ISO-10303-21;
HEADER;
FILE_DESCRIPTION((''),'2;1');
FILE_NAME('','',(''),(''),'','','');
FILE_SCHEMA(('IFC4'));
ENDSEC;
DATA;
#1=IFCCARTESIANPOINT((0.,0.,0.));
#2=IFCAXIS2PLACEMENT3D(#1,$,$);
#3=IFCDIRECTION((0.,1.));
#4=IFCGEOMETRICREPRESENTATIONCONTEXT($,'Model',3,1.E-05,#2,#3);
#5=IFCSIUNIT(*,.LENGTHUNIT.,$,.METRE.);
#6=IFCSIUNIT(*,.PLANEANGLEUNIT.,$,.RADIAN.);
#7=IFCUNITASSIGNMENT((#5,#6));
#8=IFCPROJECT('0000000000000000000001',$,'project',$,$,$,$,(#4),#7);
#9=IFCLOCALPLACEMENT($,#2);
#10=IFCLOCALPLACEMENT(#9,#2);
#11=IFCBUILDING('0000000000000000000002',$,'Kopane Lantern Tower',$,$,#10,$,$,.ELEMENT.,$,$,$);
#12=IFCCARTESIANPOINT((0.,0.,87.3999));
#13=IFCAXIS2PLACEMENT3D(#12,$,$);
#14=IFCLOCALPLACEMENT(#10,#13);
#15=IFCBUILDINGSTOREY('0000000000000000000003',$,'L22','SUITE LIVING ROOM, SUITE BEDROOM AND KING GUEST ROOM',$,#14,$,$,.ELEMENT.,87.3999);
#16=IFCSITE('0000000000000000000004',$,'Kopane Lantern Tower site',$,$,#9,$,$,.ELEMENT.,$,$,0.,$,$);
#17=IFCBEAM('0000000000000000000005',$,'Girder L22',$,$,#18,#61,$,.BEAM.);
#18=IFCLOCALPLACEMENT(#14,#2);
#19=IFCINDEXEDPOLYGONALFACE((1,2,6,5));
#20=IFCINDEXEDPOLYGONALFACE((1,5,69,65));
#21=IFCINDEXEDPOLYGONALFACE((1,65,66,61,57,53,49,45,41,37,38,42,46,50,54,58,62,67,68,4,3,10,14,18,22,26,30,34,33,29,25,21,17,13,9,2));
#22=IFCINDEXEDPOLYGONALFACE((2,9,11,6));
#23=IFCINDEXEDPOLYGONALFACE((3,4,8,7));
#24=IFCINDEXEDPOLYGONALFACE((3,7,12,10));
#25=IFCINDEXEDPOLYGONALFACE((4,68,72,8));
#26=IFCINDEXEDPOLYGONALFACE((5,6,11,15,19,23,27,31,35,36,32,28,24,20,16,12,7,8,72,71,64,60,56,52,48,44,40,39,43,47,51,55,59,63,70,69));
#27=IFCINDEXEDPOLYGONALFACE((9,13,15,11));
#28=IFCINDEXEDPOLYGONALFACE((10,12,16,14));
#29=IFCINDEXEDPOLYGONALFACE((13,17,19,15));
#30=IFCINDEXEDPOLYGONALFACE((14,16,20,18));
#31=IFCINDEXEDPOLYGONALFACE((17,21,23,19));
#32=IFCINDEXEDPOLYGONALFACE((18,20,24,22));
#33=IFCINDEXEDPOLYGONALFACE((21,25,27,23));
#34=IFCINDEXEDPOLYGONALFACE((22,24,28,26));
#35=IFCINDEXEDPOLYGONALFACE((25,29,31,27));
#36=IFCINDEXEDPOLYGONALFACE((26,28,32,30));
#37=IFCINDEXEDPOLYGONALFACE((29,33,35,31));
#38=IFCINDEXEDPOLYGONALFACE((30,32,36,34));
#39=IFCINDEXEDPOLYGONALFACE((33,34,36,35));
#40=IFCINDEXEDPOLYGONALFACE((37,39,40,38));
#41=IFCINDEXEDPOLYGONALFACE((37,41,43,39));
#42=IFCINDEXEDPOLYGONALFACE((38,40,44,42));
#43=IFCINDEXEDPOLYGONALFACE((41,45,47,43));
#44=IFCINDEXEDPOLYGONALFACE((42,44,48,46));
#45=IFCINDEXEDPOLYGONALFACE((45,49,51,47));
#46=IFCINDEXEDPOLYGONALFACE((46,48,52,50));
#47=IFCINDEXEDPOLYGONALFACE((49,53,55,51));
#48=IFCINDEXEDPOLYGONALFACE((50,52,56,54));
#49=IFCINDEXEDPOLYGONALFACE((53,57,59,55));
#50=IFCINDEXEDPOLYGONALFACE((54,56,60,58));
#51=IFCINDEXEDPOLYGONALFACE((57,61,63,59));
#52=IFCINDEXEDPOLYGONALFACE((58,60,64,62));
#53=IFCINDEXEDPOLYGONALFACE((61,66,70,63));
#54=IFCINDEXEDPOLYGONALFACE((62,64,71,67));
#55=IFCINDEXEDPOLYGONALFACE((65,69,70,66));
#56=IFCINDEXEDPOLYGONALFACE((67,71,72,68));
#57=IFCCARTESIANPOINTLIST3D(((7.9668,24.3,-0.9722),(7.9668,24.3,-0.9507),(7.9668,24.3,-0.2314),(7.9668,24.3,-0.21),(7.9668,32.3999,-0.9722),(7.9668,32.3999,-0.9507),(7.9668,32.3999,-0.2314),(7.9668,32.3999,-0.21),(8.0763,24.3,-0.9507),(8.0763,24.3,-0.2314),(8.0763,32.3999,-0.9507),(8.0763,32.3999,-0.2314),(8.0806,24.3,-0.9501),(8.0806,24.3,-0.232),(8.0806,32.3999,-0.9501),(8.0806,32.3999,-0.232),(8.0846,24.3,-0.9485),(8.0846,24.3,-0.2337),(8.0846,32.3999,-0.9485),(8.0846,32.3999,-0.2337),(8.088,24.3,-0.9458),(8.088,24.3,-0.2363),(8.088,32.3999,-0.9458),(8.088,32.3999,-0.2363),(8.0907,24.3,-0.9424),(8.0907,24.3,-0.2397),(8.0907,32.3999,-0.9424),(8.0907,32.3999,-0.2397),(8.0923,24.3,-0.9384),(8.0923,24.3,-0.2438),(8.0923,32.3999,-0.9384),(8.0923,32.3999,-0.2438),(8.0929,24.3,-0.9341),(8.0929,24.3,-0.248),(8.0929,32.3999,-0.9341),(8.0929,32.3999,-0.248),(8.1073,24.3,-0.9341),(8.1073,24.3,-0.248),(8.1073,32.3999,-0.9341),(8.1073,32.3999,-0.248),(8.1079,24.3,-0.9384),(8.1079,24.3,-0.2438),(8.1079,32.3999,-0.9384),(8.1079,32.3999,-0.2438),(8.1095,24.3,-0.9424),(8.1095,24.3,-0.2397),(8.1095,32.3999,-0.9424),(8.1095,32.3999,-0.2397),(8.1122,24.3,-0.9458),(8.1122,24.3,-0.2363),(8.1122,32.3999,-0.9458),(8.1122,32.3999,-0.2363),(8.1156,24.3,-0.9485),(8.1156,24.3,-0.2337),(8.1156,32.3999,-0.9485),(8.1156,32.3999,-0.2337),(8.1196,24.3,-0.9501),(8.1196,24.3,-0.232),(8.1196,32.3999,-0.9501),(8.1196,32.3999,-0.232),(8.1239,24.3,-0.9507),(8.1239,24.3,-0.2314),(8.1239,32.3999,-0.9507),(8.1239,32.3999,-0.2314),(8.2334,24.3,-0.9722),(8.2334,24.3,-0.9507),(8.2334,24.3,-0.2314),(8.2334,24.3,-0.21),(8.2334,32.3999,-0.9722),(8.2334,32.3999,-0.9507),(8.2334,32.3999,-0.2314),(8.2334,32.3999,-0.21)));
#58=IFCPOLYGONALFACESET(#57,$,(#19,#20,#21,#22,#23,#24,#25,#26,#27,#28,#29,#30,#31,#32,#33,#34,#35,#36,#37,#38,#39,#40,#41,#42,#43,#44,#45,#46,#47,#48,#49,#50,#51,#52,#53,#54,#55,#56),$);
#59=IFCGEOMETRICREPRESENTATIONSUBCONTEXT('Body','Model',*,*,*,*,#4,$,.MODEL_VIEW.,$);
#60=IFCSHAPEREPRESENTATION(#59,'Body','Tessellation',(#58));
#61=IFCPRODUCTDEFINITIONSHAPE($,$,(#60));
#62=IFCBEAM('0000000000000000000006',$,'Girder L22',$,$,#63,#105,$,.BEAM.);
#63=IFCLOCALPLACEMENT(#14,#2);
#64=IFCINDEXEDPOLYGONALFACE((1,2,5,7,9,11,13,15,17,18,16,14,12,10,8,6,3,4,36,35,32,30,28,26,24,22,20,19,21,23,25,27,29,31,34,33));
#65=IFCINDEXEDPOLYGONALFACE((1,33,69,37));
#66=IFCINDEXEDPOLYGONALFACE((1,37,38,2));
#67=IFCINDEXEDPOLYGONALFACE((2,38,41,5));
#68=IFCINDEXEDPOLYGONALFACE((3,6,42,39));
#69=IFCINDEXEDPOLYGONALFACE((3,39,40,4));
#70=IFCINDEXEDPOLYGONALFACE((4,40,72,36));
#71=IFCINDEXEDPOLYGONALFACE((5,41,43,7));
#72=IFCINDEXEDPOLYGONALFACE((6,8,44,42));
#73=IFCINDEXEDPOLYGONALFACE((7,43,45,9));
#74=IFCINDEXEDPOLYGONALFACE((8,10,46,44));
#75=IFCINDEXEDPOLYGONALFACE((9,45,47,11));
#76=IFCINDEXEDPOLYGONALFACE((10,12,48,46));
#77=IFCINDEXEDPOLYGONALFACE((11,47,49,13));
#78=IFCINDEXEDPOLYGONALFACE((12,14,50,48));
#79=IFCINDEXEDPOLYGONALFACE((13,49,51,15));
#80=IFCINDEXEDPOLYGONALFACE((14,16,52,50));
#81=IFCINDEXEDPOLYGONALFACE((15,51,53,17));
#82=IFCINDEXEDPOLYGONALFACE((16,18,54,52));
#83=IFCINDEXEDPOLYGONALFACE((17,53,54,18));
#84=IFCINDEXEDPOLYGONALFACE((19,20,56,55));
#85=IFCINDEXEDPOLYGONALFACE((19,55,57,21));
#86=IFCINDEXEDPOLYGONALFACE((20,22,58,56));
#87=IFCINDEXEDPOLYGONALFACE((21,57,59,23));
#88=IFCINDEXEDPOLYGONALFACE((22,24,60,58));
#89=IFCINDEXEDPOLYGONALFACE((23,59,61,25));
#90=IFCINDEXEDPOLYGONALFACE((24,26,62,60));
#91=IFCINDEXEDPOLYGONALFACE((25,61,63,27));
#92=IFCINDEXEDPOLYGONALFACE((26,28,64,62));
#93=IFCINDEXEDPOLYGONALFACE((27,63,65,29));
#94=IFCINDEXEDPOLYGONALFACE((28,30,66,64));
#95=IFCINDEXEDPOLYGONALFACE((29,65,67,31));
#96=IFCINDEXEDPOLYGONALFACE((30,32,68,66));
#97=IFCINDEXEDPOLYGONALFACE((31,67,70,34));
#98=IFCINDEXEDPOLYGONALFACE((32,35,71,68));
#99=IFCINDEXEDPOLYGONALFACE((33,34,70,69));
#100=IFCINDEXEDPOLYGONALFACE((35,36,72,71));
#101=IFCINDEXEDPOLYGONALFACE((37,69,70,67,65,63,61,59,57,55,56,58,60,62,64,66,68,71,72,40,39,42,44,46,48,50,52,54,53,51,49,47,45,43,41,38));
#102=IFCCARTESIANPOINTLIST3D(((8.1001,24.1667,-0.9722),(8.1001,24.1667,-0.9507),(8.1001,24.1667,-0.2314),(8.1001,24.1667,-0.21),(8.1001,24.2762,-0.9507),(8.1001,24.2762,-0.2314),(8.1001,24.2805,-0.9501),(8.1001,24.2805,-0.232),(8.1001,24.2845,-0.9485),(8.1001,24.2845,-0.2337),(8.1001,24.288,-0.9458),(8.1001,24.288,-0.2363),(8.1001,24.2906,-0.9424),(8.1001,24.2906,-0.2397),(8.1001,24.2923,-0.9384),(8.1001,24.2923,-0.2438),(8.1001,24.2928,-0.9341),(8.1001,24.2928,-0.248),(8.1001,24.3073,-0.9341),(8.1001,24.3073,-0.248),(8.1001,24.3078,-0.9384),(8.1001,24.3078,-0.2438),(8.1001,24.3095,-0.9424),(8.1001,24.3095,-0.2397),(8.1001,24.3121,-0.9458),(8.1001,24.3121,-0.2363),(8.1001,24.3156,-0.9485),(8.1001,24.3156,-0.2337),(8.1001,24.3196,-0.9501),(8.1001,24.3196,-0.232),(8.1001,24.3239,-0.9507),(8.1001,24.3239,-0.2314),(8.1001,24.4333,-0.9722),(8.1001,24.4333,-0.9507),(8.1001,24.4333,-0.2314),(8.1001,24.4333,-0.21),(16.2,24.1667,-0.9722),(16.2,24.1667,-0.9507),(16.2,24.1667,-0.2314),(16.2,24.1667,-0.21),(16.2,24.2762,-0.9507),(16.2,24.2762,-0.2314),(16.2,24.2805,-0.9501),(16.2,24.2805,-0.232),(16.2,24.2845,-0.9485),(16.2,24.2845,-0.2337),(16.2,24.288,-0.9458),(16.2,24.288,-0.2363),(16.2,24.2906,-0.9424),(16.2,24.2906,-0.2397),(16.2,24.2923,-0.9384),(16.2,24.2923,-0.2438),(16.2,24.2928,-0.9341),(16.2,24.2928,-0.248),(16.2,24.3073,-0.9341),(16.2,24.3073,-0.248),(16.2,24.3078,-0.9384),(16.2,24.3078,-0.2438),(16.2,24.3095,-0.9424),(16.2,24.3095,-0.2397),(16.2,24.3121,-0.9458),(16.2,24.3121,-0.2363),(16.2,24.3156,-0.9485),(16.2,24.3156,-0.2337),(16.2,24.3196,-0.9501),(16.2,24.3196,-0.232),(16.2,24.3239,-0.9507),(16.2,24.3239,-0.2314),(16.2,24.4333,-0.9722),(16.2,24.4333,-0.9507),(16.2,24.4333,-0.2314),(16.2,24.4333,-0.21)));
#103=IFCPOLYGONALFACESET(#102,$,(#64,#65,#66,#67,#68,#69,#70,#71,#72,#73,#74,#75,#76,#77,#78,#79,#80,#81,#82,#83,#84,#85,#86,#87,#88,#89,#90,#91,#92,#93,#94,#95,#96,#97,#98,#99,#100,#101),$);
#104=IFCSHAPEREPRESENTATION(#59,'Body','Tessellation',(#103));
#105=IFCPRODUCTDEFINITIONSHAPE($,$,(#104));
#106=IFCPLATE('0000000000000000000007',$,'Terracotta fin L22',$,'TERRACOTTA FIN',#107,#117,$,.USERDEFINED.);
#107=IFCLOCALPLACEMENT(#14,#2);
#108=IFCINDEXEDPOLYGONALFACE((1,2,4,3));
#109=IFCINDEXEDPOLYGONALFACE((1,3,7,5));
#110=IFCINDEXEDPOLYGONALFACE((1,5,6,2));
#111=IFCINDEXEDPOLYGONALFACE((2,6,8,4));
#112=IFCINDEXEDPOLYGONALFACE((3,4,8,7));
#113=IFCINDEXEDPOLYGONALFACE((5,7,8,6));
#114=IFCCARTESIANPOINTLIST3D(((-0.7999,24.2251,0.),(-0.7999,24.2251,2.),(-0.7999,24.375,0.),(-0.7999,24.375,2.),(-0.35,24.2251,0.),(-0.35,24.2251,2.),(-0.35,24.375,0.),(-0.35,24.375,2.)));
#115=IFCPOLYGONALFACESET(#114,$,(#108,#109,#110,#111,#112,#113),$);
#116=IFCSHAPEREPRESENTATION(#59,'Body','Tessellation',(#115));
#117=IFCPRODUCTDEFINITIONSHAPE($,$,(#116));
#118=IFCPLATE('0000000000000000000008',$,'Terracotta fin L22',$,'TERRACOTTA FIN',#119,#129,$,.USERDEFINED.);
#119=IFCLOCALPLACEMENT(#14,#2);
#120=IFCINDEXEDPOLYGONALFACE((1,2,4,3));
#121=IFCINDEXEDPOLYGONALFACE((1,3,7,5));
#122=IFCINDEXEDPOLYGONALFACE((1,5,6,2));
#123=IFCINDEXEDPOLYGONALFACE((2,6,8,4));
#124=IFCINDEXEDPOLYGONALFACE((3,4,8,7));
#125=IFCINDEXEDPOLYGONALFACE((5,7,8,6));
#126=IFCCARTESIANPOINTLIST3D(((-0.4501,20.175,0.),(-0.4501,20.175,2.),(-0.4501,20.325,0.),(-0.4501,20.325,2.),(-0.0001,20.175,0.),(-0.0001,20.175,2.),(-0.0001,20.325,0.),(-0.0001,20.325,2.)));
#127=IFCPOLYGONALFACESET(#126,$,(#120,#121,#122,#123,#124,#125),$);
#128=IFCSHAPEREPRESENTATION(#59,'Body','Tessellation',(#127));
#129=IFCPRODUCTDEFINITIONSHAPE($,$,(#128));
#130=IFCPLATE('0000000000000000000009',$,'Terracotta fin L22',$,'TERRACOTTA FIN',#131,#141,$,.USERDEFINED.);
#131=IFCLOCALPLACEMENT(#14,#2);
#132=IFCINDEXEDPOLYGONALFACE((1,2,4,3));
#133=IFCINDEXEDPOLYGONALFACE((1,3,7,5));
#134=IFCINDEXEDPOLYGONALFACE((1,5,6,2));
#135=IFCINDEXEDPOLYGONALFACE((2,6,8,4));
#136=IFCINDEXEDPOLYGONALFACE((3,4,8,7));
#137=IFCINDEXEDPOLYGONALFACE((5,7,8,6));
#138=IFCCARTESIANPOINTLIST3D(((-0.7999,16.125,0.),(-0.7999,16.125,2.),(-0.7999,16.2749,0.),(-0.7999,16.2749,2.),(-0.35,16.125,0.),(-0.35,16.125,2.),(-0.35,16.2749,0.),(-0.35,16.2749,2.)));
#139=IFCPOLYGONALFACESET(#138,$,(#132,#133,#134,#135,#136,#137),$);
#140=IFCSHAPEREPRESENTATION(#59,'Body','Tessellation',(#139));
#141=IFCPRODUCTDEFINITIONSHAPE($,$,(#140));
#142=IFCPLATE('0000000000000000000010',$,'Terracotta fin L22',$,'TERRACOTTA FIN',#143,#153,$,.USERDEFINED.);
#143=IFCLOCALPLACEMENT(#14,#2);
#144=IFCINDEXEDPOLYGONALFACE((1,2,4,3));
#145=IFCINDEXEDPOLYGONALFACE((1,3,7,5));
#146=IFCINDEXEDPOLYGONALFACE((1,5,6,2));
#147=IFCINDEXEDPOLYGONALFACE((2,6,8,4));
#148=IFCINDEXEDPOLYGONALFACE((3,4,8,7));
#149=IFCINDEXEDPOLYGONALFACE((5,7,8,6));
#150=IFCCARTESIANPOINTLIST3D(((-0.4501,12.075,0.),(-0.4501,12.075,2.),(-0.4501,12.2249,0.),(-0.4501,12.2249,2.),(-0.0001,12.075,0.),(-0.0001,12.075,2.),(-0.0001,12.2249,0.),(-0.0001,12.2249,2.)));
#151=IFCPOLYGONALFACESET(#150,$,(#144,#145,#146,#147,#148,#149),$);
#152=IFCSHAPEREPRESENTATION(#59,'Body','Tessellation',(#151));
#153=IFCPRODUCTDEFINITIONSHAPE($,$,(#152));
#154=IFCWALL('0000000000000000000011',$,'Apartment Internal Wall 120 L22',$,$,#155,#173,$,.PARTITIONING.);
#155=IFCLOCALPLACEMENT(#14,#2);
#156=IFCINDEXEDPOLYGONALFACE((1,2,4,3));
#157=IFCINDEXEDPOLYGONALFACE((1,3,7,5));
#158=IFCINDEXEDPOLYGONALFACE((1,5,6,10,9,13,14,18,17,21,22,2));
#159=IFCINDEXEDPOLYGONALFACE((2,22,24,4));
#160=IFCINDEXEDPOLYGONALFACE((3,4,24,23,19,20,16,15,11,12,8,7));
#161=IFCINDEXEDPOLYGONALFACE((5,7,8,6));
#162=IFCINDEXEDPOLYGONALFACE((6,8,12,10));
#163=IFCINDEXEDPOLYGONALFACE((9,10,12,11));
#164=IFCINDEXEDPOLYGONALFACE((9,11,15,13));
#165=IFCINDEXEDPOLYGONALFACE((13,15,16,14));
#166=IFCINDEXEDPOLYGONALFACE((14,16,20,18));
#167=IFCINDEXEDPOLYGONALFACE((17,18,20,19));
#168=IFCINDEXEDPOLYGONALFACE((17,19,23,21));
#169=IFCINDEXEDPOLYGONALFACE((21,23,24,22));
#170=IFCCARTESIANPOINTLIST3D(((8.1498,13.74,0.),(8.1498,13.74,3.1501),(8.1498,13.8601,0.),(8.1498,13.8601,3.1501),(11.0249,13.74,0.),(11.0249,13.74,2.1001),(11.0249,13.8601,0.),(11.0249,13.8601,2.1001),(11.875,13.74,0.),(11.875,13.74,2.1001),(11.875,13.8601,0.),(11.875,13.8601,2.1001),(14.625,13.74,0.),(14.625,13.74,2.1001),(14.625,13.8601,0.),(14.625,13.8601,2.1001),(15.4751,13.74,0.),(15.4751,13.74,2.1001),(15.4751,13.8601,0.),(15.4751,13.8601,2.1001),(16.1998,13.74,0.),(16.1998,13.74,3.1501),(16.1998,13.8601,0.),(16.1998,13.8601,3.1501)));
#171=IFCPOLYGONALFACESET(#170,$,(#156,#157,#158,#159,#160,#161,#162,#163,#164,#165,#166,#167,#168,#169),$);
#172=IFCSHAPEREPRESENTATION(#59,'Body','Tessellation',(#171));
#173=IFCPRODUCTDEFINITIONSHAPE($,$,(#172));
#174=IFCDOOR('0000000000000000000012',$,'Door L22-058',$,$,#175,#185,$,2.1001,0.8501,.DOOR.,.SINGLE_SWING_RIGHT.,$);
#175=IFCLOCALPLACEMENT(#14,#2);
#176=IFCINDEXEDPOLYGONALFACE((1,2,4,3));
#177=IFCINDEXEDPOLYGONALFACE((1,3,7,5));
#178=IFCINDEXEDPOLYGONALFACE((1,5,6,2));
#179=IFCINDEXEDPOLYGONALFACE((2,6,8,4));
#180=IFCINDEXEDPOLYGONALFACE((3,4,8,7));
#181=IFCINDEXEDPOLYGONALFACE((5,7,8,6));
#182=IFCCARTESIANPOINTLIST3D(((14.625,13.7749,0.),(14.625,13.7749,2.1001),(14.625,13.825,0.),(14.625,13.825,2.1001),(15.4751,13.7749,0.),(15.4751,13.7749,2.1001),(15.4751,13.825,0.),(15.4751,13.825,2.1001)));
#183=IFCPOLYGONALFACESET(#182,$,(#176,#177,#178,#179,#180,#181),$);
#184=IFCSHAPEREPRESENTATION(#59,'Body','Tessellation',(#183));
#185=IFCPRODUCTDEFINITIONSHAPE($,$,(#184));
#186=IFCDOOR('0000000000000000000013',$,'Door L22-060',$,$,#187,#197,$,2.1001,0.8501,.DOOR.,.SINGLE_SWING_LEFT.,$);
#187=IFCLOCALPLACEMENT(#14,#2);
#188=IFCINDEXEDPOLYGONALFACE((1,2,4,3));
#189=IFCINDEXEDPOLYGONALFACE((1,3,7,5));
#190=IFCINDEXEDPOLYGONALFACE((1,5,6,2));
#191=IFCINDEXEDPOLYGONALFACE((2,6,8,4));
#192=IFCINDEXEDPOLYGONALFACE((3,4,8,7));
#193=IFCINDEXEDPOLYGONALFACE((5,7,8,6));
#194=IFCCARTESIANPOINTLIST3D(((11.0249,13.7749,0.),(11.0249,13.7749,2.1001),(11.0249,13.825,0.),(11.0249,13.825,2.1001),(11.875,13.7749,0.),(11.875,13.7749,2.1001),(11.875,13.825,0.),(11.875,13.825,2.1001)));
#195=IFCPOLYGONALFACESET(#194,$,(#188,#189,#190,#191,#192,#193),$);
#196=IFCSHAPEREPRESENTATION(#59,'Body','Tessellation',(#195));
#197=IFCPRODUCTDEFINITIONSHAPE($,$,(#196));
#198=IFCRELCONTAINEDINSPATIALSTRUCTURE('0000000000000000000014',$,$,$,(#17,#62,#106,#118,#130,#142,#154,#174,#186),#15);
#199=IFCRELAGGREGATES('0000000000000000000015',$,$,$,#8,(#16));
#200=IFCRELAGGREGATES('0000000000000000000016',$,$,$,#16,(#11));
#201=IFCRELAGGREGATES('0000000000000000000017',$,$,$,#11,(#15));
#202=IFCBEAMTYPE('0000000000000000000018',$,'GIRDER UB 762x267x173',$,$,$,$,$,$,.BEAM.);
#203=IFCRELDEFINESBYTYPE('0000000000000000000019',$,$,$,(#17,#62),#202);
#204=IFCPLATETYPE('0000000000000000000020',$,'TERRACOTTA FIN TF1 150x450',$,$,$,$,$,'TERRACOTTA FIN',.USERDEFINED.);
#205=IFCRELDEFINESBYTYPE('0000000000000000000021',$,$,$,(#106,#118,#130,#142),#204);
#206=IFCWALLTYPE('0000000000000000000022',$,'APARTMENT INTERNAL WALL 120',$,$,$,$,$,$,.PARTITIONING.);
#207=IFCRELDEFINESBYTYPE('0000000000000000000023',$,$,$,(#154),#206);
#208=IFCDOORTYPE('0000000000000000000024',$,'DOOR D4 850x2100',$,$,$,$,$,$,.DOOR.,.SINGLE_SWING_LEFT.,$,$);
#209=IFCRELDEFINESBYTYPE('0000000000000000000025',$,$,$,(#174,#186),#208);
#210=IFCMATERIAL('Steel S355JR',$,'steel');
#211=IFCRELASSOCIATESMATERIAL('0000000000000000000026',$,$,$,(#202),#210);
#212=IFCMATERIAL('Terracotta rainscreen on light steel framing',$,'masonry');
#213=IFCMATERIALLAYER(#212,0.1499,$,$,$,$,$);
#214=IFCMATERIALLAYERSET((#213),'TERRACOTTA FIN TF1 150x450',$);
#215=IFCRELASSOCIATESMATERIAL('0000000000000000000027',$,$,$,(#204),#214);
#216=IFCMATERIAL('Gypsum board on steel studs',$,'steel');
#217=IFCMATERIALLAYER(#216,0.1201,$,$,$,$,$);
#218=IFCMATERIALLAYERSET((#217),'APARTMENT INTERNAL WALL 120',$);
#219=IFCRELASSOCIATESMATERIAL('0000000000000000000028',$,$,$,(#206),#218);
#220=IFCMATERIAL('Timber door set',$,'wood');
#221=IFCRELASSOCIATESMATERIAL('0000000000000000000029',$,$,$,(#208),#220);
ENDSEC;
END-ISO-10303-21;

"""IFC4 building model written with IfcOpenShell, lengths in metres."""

from ifc_helpers import new_model, si_unit, direction, frame, frame_2d, origin, origin_2d, place, context, subcontext, project, spatial, rectangle, i_section, extrude, material, layer, layer_set, material_profile, profile_set, type_object, element, fill, save


model = new_model("IFC4")

# Units and contexts
model_context = context("Model", 3, precision=1e-05, world=origin(), true_north=direction((0.0, 1.0)))
body_context = subcontext(model_context, "Body", "Model", "MODEL_VIEW")
ifc_project = project(units=[si_unit("LENGTHUNIT", "METRE"), si_unit("PLANEANGLEUNIT", "RADIAN")], contexts=[model_context])

# Site, building, storey
site_placement = place(None, origin())
site = spatial("IfcSite", under=ifc_project, at=site_placement, Name="Kopane Lantern Tower site", CompositionType="ELEMENT", RefElevation=0.0)
building_placement = place(site_placement, origin())
building = spatial("IfcBuilding", under=site, at=building_placement, Name="Kopane Lantern Tower", CompositionType="ELEMENT")
storey_placement = place(building_placement, frame((0.0, 0.0, 87.3999)))
storey = spatial("IfcBuildingStorey", under=building, at=storey_placement, Name="L22", Description="SUITE LIVING ROOM, SUITE BEDROOM AND KING GUEST ROOM", CompositionType="ELEMENT", Elevation=87.3999)

# Beams
ifc_material_1 = material(Name="Steel S355JR", Category="steel")
ifc_material_profile_1 = material_profile(ifc_material_1, i_section(OverallWidth=0.2666, OverallDepth=0.7622, WebThickness=0.0144, FlangeThickness=0.0215, FilletRadius=0.0166, at=origin_2d()), Name="UB 762x267x173")
ifc_profile_set_1 = profile_set([ifc_material_profile_1], Name="Steel S355JR")
beam_type = type_object("IfcBeamType", Name="GIRDER UB 762x267x173", PredefinedType="BEAM", material=ifc_profile_set_1)
for number, where, z_axis, x_axis, name in (
    (1, (8.1001, 24.3, -0.5911), (0.0, 1.0, 0.0), (-1.0, 0.0, 0.0), "Girder L22"),
    (2, (8.1001, 24.3, -0.5911), (1.0, 0.0, 0.0), (0.0, 1.0, 0.0), "Girder L22"),
):
    element("IfcBeam", number, at=place(storey_placement, frame(where, z_axis=z_axis, x_axis=x_axis)), inside=storey, type_object=beam_type, Name=name, PredefinedType="BEAM", context=body_context, shape_type="SweptSolid", body=[
        extrude(i_section(OverallWidth=0.2666, OverallDepth=0.7622, WebThickness=0.0144, FlangeThickness=0.0215, FilletRadius=0.0166, at=origin_2d()), origin(), (0.0, 0.0, 1.0), 8.0999),
    ])

# Plates
ifc_material_2 = material(Name="Terracotta rainscreen on light steel framing", Category="masonry")
ifc_layer_1 = layer(ifc_material_2, 0.1499)
ifc_layer_set_1 = layer_set([ifc_layer_1], Name="TERRACOTTA FIN TF1 150x450")
plate_type = type_object("IfcPlateType", Name="TERRACOTTA FIN TF1 150x450", ElementType="TERRACOTTA FIN", PredefinedType="USERDEFINED", material=ifc_layer_set_1)
for number, where, z_axis, x_axis, name in (
    (3, (-0.575, 24.3, 0.0), (0.0, 0.0, 1.0), (0.0, -1.0, 0.0), "Terracotta fin L22"),
    (4, (-0.2251, 20.25, 0.0), (0.0, 0.0, 1.0), (0.0, -1.0, 0.0), "Terracotta fin L22"),
    (5, (-0.575, 16.2, 0.0), (0.0, 0.0, 1.0), (0.0, -1.0, 0.0), "Terracotta fin L22"),
    (6, (-0.2251, 12.1499, 0.0), (0.0, 0.0, 1.0), (0.0, -1.0, 0.0), "Terracotta fin L22"),
):
    element("IfcPlate", number, at=place(storey_placement, frame(where, z_axis=z_axis, x_axis=x_axis)), inside=storey, type_object=plate_type, Name=name, ObjectType="TERRACOTTA FIN", PredefinedType="USERDEFINED", context=body_context, shape_type="SweptSolid", body=[
        extrude(rectangle(XDim=0.1499, YDim=0.45, at=origin_2d()), origin(), (0.0, 0.0, 1.0), 2.0),
    ])

# Wall, openings, doors
ifc_material_3 = material(Name="Gypsum board on steel studs", Category="steel")
ifc_layer_2 = layer(ifc_material_3, 0.1201)
ifc_layer_set_2 = layer_set([ifc_layer_2], Name="APARTMENT INTERNAL WALL 120")
wall_type_1 = type_object("IfcWallType", Name="APARTMENT INTERNAL WALL 120", PredefinedType="PARTITIONING", material=ifc_layer_set_2)
wall_1_placement = place(storey_placement, frame((8.1499, 13.8, 0.0), z_axis=(0.0, 0.0, 1.0), x_axis=(1.0, 0.0, 0.0)))
wall_1 = element("IfcWall", 7, at=wall_1_placement, inside=storey, type_object=wall_type_1, Name="Apartment Internal Wall 120 L22", PredefinedType="PARTITIONING", context=body_context, shape_type="SweptSolid", body=[
    extrude(rectangle(XDim=8.05, YDim=0.1201, at=frame_2d((4.0249, 0.0))), origin(), (0.0, 0.0, 1.0), 3.1501),
])
opening_1_placement = place(wall_1_placement, frame((6.4751, 0.0, 0.0)))
opening_1 = element("IfcOpeningElement", 8, at=opening_1_placement, cuts=wall_1, PredefinedType="OPENING", context=body_context, shape_type="SweptSolid", body=[
    extrude(rectangle(XDim=0.8501, YDim=2.1001, at=frame_2d((0.425, 1.05))), frame((0.0, 0.0701, 0.0), z_axis=(0.0, -1.0, 0.0), x_axis=(1.0, 0.0, 0.0)), (0.0, 0.0, 1.0), 0.1401),
])
opening_2_placement = place(wall_1_placement, frame((2.875, 0.0, 0.0)))
opening_2 = element("IfcOpeningElement", 9, at=opening_2_placement, cuts=wall_1, PredefinedType="OPENING", context=body_context, shape_type="SweptSolid", body=[
    extrude(rectangle(XDim=0.8501, YDim=2.1001, at=frame_2d((0.425, 1.05))), frame((0.0, 0.0701, 0.0), z_axis=(0.0, -1.0, 0.0), x_axis=(1.0, 0.0, 0.0)), (0.0, 0.0, 1.0), 0.1401),
])
ifc_material_4 = material(Name="Timber door set", Category="wood")
door_type_1 = type_object("IfcDoorType", Name="DOOR D4 850x2100", OperationType="SINGLE_SWING_LEFT", PredefinedType="DOOR", material=ifc_material_4)
door_1_placement = place(opening_1_placement, origin())
door_1 = element("IfcDoor", 10, at=door_1_placement, inside=storey, type_object=door_type_1, Name="Door L22-058", OperationType="SINGLE_SWING_RIGHT", OverallHeight=2.1001, OverallWidth=0.8501, PredefinedType="DOOR", context=body_context, shape_type="SweptSolid", body=[
    extrude(rectangle(XDim=0.8501, YDim=2.1001, at=frame_2d((0.425, 1.05))), frame((0.0, 0.0249, 0.0), z_axis=(0.0, -1.0, 0.0), x_axis=(1.0, 0.0, 0.0)), (0.0, 0.0, 1.0), 0.05),
])
fill(opening_1, door_1)
door_2_placement = place(opening_2_placement, origin())
door_2 = element("IfcDoor", 11, at=door_2_placement, inside=storey, type_object=door_type_1, Name="Door L22-060", OperationType="SINGLE_SWING_LEFT", OverallHeight=2.1001, OverallWidth=0.8501, PredefinedType="DOOR", context=body_context, shape_type="SweptSolid", body=[
    extrude(rectangle(XDim=0.8501, YDim=2.1001, at=frame_2d((0.425, 1.05))), frame((0.0, 0.0249, 0.0), z_axis=(0.0, -1.0, 0.0), x_axis=(1.0, 0.0, 0.0)), (0.0, 0.0, 1.0), 0.05),
])
fill(opening_2, door_2)

save(model, "model.ifc")
